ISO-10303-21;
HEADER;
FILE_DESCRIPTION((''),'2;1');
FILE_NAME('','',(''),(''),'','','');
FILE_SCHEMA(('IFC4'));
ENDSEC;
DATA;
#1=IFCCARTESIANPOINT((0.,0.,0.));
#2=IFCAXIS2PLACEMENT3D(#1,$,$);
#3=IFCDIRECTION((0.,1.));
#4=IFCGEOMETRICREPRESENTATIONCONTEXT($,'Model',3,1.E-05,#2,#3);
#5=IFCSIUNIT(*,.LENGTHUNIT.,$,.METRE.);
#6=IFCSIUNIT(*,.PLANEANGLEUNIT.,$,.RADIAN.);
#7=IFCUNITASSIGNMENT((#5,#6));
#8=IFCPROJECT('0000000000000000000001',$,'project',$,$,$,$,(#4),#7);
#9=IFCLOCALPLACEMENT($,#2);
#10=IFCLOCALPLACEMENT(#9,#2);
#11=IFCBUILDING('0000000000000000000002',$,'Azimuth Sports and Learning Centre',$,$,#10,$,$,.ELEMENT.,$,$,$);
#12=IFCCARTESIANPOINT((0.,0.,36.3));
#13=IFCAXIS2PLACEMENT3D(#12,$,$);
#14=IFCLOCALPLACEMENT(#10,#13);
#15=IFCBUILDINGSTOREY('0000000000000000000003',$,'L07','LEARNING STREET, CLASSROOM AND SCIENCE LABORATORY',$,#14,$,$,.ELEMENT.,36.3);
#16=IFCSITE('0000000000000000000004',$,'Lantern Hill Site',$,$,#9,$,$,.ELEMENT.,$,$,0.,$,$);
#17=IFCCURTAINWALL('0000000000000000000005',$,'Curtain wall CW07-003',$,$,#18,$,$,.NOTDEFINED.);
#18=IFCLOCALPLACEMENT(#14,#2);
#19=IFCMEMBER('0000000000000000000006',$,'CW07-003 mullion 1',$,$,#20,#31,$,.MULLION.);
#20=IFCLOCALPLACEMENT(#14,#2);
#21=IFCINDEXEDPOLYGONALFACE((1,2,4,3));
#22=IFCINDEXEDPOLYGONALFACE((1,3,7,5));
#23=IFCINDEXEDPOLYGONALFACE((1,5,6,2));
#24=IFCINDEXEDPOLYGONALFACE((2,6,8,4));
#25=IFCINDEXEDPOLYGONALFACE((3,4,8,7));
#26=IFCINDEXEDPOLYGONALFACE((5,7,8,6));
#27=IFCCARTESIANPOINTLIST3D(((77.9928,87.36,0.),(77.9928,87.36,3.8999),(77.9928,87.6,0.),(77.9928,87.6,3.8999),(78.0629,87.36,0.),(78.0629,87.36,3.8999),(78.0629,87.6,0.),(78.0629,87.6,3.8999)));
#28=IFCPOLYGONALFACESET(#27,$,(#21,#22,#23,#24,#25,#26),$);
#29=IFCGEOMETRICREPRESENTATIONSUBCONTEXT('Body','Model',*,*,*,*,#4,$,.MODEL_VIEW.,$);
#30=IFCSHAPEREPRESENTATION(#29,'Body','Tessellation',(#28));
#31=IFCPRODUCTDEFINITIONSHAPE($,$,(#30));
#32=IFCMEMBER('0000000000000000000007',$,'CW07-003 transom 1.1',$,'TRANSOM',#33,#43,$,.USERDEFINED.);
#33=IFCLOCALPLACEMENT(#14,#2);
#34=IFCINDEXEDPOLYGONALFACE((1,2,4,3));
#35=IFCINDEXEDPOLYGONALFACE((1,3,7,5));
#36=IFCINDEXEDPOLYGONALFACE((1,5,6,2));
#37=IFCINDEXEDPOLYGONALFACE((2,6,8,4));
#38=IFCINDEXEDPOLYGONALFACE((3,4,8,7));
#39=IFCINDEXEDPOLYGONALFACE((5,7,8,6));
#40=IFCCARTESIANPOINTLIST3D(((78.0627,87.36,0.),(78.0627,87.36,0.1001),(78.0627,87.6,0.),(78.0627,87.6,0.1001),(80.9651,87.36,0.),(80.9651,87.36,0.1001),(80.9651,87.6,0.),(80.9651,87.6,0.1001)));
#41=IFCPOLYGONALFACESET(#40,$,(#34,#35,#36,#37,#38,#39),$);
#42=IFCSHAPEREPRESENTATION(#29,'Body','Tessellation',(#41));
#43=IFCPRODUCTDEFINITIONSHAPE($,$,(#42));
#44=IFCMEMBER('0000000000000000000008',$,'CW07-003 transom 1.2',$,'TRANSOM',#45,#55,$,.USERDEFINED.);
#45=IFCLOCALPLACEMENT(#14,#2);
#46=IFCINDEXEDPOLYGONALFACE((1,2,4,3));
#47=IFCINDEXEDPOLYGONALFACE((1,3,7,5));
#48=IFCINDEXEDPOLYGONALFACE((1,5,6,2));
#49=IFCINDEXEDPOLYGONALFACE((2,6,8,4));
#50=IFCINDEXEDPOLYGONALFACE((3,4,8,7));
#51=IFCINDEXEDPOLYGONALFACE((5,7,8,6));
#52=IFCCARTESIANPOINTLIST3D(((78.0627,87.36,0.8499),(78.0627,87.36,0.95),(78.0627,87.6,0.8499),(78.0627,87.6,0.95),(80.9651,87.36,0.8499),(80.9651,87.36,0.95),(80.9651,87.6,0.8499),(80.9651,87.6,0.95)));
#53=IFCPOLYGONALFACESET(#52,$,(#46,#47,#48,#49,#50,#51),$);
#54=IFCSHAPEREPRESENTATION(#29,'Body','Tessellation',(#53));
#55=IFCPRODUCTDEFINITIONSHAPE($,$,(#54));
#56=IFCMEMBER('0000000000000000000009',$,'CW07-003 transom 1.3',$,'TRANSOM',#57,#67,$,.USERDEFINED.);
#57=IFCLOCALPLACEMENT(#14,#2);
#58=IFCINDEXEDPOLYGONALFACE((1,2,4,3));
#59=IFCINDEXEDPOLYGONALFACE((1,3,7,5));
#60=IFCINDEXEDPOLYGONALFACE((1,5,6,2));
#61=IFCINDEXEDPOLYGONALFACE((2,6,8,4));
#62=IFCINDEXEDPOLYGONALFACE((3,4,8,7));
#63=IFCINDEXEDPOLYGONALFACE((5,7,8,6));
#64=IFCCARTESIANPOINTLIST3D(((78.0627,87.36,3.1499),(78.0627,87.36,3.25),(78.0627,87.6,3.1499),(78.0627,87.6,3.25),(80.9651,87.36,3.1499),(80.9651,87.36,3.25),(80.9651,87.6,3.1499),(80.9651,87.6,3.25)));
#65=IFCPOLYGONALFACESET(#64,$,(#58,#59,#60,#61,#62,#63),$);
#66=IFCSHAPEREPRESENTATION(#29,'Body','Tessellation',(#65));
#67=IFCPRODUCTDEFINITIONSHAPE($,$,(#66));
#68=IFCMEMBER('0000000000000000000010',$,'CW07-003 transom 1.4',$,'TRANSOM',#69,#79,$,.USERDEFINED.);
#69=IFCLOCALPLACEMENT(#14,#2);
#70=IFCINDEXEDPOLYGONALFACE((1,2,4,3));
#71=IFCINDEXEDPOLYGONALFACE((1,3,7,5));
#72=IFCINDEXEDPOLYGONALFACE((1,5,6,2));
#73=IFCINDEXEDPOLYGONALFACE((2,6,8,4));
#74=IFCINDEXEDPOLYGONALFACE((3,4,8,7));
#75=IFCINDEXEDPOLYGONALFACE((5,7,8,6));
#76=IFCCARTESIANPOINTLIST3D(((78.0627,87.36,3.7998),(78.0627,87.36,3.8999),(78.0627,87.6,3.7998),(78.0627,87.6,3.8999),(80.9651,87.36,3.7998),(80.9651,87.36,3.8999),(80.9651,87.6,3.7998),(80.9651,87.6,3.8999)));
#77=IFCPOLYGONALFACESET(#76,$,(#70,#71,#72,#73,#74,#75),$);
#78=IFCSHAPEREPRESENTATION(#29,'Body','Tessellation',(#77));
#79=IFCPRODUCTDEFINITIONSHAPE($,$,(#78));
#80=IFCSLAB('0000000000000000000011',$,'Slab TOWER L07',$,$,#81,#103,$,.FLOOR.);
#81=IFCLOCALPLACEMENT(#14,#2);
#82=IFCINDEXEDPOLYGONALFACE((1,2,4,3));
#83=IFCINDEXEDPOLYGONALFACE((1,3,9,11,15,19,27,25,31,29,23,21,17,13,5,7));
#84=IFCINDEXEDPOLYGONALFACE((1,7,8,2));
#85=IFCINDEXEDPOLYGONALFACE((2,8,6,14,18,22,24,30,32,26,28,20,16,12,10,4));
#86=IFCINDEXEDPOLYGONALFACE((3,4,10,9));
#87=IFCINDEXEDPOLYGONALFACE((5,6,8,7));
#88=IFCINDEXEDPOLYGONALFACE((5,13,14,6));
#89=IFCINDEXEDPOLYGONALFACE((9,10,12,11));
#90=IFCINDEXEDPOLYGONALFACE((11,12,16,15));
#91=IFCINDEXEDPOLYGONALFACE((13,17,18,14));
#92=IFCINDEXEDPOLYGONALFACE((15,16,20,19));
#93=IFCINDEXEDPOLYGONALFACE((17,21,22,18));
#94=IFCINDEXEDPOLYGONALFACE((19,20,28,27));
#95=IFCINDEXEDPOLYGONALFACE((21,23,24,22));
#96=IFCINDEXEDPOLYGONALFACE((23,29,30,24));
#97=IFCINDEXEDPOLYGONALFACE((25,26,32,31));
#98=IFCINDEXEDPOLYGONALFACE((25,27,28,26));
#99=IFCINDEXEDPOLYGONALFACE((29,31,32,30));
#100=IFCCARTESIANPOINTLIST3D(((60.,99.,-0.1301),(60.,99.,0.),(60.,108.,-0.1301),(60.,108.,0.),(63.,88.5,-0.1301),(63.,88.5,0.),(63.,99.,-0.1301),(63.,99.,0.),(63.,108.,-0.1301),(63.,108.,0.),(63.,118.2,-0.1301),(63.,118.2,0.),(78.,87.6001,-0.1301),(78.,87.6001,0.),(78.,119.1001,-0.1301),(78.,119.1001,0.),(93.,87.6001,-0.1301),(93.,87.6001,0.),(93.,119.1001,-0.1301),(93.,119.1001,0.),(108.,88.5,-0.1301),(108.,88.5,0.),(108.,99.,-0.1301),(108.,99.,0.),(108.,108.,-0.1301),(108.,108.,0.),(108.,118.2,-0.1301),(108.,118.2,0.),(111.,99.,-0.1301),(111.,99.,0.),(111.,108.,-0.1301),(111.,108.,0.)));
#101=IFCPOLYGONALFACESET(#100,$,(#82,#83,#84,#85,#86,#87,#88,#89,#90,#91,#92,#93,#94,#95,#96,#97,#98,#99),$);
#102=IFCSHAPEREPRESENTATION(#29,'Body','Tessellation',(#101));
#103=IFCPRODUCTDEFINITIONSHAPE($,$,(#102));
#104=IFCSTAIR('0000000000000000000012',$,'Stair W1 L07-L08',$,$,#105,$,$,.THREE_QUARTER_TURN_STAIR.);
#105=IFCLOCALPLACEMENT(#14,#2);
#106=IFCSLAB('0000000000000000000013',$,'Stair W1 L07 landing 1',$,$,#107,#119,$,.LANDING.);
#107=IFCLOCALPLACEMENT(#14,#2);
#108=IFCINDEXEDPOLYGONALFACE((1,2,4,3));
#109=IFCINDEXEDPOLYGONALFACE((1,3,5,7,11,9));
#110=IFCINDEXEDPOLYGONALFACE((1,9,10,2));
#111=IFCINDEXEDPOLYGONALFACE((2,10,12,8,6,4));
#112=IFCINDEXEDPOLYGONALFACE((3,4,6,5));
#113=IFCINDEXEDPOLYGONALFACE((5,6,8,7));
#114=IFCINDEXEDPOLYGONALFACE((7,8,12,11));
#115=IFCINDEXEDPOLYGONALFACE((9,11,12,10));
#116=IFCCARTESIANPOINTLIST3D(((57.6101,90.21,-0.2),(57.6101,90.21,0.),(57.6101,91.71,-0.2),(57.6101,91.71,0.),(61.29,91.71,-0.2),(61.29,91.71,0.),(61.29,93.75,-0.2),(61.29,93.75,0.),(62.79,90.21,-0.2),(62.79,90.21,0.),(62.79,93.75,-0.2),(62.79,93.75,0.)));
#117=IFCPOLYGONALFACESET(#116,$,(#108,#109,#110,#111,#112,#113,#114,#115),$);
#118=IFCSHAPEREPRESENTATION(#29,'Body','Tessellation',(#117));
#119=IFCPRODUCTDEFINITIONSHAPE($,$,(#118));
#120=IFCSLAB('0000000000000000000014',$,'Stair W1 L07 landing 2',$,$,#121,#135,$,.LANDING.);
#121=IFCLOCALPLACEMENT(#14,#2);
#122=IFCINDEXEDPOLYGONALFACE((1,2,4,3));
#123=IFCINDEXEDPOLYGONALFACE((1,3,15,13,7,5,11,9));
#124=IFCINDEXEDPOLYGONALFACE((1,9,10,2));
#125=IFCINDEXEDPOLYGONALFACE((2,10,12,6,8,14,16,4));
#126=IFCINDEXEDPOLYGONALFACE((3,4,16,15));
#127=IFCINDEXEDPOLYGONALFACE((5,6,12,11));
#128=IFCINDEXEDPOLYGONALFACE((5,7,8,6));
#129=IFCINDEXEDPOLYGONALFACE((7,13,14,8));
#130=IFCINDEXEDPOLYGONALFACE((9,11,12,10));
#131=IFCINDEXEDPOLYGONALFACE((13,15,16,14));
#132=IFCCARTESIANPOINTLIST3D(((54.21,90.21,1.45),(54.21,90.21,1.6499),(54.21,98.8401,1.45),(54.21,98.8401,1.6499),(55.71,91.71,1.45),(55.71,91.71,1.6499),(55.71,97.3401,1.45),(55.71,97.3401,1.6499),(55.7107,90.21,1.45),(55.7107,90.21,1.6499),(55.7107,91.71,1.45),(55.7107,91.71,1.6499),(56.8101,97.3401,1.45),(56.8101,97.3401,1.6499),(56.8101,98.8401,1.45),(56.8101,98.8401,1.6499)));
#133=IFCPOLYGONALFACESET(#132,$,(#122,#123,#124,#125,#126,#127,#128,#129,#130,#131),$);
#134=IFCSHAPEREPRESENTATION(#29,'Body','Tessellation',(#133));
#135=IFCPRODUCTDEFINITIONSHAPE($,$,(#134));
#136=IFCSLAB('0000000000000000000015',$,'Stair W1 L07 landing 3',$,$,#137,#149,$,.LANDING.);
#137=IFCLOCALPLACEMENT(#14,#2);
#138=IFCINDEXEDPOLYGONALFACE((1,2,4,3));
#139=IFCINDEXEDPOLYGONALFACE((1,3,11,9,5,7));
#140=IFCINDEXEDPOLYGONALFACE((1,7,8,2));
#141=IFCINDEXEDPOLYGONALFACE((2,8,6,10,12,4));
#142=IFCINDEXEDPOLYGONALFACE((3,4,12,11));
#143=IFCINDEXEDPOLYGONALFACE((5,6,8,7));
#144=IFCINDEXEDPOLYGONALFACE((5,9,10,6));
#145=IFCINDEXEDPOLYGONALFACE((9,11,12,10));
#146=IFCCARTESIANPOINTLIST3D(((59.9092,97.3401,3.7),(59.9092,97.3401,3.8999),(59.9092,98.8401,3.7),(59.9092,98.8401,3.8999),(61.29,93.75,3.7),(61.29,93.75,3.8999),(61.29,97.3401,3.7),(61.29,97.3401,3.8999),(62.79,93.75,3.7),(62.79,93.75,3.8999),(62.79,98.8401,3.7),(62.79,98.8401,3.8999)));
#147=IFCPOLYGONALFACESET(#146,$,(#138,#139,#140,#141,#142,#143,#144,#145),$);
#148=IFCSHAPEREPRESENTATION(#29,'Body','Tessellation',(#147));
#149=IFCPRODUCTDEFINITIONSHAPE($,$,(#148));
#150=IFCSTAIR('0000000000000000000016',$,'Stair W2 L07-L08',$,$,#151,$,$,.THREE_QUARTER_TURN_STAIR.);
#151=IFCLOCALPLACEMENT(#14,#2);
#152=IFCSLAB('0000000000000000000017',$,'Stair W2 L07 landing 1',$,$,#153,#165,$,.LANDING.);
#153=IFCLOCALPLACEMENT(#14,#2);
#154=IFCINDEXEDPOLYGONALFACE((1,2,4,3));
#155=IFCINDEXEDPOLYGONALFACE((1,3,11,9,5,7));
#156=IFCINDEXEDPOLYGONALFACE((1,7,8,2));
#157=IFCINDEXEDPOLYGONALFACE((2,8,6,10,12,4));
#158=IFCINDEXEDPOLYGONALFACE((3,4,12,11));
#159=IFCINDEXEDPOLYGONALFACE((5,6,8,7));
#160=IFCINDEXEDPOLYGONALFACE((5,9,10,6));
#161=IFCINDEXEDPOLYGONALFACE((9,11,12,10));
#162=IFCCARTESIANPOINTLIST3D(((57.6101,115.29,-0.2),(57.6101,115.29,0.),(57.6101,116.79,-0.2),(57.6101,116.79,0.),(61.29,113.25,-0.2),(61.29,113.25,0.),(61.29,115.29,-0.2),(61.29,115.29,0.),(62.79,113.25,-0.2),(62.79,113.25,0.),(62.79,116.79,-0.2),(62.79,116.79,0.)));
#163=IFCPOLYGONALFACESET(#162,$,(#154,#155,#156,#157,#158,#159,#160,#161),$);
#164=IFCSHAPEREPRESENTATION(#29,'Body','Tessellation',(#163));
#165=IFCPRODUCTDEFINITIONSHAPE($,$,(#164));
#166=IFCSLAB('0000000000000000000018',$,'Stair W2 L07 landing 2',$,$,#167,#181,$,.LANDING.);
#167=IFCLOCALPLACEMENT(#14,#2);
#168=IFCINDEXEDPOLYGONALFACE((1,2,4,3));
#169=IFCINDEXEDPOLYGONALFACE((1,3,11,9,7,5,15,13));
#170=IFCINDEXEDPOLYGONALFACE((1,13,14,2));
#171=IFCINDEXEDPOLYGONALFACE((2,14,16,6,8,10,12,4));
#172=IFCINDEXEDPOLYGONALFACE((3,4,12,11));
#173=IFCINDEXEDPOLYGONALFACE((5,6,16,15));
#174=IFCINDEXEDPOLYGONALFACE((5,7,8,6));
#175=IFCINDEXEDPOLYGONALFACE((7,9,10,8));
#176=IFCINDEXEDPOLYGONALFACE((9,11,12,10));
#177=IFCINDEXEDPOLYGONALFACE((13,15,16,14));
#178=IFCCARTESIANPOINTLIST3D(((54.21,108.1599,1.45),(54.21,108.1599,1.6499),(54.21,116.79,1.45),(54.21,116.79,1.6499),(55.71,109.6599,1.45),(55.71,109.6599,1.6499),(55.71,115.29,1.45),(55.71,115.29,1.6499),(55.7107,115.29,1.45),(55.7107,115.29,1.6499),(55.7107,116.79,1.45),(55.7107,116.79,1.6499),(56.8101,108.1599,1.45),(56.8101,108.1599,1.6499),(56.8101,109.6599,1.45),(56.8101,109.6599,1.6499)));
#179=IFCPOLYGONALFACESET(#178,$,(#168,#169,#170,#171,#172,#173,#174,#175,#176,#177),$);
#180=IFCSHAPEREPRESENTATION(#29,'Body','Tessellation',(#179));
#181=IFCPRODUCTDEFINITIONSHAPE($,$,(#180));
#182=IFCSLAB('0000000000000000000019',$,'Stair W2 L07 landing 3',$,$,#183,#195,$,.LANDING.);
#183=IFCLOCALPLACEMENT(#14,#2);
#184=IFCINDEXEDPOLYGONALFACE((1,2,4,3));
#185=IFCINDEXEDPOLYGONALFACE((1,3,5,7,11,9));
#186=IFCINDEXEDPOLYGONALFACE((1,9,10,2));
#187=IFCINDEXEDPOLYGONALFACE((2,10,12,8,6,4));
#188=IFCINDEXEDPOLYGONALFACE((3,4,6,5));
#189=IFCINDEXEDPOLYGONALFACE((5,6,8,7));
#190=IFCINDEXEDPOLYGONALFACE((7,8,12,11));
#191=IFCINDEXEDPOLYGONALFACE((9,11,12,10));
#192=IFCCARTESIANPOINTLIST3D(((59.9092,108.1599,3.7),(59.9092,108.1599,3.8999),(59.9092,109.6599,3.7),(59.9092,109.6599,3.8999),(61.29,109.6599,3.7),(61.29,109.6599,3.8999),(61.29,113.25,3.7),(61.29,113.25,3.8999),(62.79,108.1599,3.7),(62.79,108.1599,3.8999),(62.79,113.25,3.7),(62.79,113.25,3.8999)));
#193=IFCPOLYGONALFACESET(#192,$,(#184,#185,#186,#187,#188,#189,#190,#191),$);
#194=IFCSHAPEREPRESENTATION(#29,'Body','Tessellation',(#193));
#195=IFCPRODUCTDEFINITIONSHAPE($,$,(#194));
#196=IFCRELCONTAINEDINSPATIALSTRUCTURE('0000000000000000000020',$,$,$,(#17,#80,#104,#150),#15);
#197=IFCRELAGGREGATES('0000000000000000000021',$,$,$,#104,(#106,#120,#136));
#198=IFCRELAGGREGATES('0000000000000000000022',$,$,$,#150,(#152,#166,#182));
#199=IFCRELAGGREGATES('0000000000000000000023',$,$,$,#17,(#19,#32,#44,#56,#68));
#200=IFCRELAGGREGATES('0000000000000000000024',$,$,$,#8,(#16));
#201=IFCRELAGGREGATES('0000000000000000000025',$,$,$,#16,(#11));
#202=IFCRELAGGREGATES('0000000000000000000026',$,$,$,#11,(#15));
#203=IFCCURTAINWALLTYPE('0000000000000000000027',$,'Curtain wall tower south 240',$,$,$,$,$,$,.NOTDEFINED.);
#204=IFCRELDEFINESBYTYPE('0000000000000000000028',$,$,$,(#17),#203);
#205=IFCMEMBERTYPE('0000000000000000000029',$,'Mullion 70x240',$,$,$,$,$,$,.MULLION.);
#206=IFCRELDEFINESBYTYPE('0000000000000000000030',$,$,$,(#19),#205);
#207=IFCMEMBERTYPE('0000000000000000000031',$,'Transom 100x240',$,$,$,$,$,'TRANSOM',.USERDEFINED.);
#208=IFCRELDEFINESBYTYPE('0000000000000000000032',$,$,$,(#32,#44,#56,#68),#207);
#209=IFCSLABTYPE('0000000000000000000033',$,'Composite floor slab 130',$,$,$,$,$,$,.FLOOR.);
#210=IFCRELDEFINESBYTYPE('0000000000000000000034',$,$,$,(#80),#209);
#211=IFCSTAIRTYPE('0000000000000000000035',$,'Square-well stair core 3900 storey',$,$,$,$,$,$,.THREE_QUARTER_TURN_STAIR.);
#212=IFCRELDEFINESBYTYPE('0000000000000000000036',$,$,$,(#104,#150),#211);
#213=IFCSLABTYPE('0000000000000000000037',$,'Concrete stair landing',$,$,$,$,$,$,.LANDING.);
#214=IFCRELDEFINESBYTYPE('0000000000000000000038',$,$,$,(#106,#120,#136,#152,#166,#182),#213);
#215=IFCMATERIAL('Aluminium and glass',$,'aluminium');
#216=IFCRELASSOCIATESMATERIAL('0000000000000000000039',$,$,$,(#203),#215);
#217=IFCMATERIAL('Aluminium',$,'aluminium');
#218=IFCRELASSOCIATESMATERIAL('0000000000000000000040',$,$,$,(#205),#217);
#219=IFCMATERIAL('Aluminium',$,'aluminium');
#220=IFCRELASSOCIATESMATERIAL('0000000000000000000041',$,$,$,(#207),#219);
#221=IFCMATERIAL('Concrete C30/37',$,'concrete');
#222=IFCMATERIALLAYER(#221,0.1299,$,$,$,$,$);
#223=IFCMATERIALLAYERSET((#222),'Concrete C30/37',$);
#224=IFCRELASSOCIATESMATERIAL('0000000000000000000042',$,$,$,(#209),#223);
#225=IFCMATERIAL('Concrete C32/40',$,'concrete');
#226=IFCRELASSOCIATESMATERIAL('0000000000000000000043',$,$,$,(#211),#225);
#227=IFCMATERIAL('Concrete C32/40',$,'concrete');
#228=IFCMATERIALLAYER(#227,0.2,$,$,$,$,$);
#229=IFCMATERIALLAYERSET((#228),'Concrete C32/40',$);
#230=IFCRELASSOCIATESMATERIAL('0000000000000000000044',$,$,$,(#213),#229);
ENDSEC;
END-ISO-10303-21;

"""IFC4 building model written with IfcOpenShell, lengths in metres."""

from ifc_helpers import new_model, si_unit, direction, frame, origin, origin_2d, place, context, subcontext, project, spatial, polyline, rectangle, outline, extrude, material, layer, layer_set, material_profile, profile_set, type_object, element, aggregate, save


model = new_model("IFC4")

# Units and contexts
model_context = context("Model", 3, precision=1e-05, world=origin(), true_north=direction((0.0, 1.0)))
body_context = subcontext(model_context, "Body", "Model", "MODEL_VIEW")
ifc_project = project(units=[si_unit("LENGTHUNIT", "METRE"), si_unit("PLANEANGLEUNIT", "RADIAN")], contexts=[model_context])

# Site, building, storey
site_placement = place(None, origin())
site = spatial("IfcSite", under=ifc_project, at=site_placement, Name="Lantern Hill Site", CompositionType="ELEMENT", RefElevation=0.0)
building_placement = place(site_placement, origin())
building = spatial("IfcBuilding", under=site, at=building_placement, Name="Azimuth Sports and Learning Centre", CompositionType="ELEMENT")
storey_placement = place(building_placement, frame((0.0, 0.0, 36.3)))
storey = spatial("IfcBuildingStorey", under=building, at=storey_placement, Name="L07", Description="LEARNING STREET, CLASSROOM AND SCIENCE LABORATORY", CompositionType="ELEMENT", Elevation=36.3)

# Curtain wall, members
ifc_material_1 = material(Name="Aluminium and glass", Category="aluminium")
curtain_wall_type = type_object("IfcCurtainWallType", Name="Curtain wall tower south 240", PredefinedType="NOTDEFINED", material=ifc_material_1)
curtain_wall_placement = place(storey_placement, origin())
curtain_wall = element("IfcCurtainWall", 1, at=curtain_wall_placement, inside=storey, type_object=curtain_wall_type, Name="Curtain wall CW07-003", PredefinedType="NOTDEFINED")
ifc_material_2 = material(Name="Aluminium", Category="aluminium")
ifc_material_profile_1 = material_profile(ifc_material_2, rectangle(XDim=0.24, YDim=0.0701, at=origin_2d()), Name="Mullion 70x240")
ifc_profile_set_1 = profile_set([ifc_material_profile_1], Name="Aluminium")
member_type_1 = type_object("IfcMemberType", Name="Mullion 70x240", PredefinedType="MULLION", material=ifc_profile_set_1)
member_1_placement = place(storey_placement, frame((78.0278, 87.48, 0.0), z_axis=(0.0, 0.0, 1.0), x_axis=(0.0, 1.0, 0.0)))
member_1 = element("IfcMember", 2, at=member_1_placement, type_object=member_type_1, Name="CW07-003 mullion 1", PredefinedType="MULLION", context=body_context, shape_type="SweptSolid", body=[
    extrude(rectangle(XDim=0.24, YDim=0.0701, at=origin_2d()), origin(), (0.0, 0.0, 1.0), 3.8999),
])
ifc_material_3 = material(Name="Aluminium", Category="aluminium")
ifc_material_profile_2 = material_profile(ifc_material_3, rectangle(XDim=0.24, YDim=0.1001, at=origin_2d()), Name="Transom 100x240")
ifc_profile_set_2 = profile_set([ifc_material_profile_2], Name="Aluminium")
member_type_2 = type_object("IfcMemberType", Name="Transom 100x240", ElementType="TRANSOM", PredefinedType="USERDEFINED", material=ifc_profile_set_2)
member_2_placement = place(storey_placement, frame((78.0627, 87.48, 0.05), z_axis=(1.0, 0.0, 0.0), x_axis=(0.0, 1.0, 0.0)))
member_2 = element("IfcMember", 3, at=member_2_placement, type_object=member_type_2, Name="CW07-003 transom 1.1", ObjectType="TRANSOM", PredefinedType="USERDEFINED", context=body_context, shape_type="SweptSolid", body=[
    extrude(rectangle(XDim=0.24, YDim=0.1001, at=origin_2d()), origin(), (0.0, 0.0, 1.0), 2.9023),
])
member_3_placement = place(storey_placement, frame((78.0627, 87.48, 0.8999), z_axis=(1.0, 0.0, 0.0), x_axis=(0.0, 1.0, 0.0)))
member_3 = element("IfcMember", 4, at=member_3_placement, type_object=member_type_2, Name="CW07-003 transom 1.2", ObjectType="TRANSOM", PredefinedType="USERDEFINED", context=body_context, shape_type="SweptSolid", body=[
    extrude(rectangle(XDim=0.24, YDim=0.1001, at=origin_2d()), origin(), (0.0, 0.0, 1.0), 2.9023),
])
member_4_placement = place(storey_placement, frame((78.0627, 87.48, 3.2), z_axis=(1.0, 0.0, 0.0), x_axis=(0.0, 1.0, 0.0)))
member_4 = element("IfcMember", 5, at=member_4_placement, type_object=member_type_2, Name="CW07-003 transom 1.3", ObjectType="TRANSOM", PredefinedType="USERDEFINED", context=body_context, shape_type="SweptSolid", body=[
    extrude(rectangle(XDim=0.24, YDim=0.1001, at=origin_2d()), origin(), (0.0, 0.0, 1.0), 2.9023),
])
member_5_placement = place(storey_placement, frame((78.0627, 87.48, 3.8499), z_axis=(1.0, 0.0, 0.0), x_axis=(0.0, 1.0, 0.0)))
member_5 = element("IfcMember", 6, at=member_5_placement, type_object=member_type_2, Name="CW07-003 transom 1.4", ObjectType="TRANSOM", PredefinedType="USERDEFINED", context=body_context, shape_type="SweptSolid", body=[
    extrude(rectangle(XDim=0.24, YDim=0.1001, at=origin_2d()), origin(), (0.0, 0.0, 1.0), 2.9023),
])

# Slab
ifc_material_4 = material(Name="Concrete C30/37", Category="concrete")
ifc_layer_1 = layer(ifc_material_4, 0.1299)
ifc_layer_set_1 = layer_set([ifc_layer_1], Name="Concrete C30/37")
slab_type_1 = type_object("IfcSlabType", Name="Composite floor slab 130", PredefinedType="FLOOR", material=ifc_layer_set_1)
slab_1_placement = place(storey_placement, frame((0.0, 0.0, -0.1301)))
element("IfcSlab", 7, at=slab_1_placement, inside=storey, type_object=slab_type_1, Name="Slab TOWER L07", PredefinedType="FLOOR", context=body_context, shape_type="SweptSolid", body=[
    extrude(outline(polyline([(78.0, 87.6001), (93.0, 87.6001), (108.0, 88.5), (108.0, 99.0), (111.0, 99.0), (111.0, 108.0), (108.0, 108.0), (108.0, 118.2), (93.0, 119.1001), (78.0, 119.1001), (63.0, 118.2), (63.0, 108.0), (60.0, 108.0), (60.0, 99.0), (63.0, 99.0), (63.0, 88.5), (78.0, 87.6001)])), origin(), (0.0, 0.0, 1.0), 0.1301),
])

# Stairs, slabs
ifc_material_5 = material(Name="Concrete C32/40", Category="concrete")
stair_type = type_object("IfcStairType", Name="Square-well stair core 3900 storey", PredefinedType="THREE_QUARTER_TURN_STAIR", material=ifc_material_5)
stair_1_placement = place(storey_placement, origin())
stair_1 = element("IfcStair", 8, at=stair_1_placement, inside=storey, type_object=stair_type, Name="Stair W1 L07-L08", PredefinedType="THREE_QUARTER_TURN_STAIR")
ifc_material_6 = material(Name="Concrete C32/40", Category="concrete")
ifc_layer_2 = layer(ifc_material_6, 0.2)
ifc_layer_set_2 = layer_set([ifc_layer_2], Name="Concrete C32/40")
slab_type_2 = type_object("IfcSlabType", Name="Concrete stair landing", PredefinedType="LANDING", material=ifc_layer_set_2)
slab_2_placement = place(storey_placement, frame((0.0, 0.0, -0.2)))
slab_2 = element("IfcSlab", 9, at=slab_2_placement, type_object=slab_type_2, Name="Stair W1 L07 landing 1", PredefinedType="LANDING", context=body_context, shape_type="SweptSolid", body=[
    extrude(outline(polyline([(62.79, 90.21), (62.79, 93.75), (61.29, 93.75), (61.29, 91.71), (57.6101, 91.71), (57.6101, 90.21), (62.79, 90.21)])), origin(), (0.0, 0.0, 1.0), 0.2),
])
slab_3_placement = place(storey_placement, frame((0.0, 0.0, 1.45)))
slab_3 = element("IfcSlab", 10, at=slab_3_placement, type_object=slab_type_2, Name="Stair W1 L07 landing 2", PredefinedType="LANDING", context=body_context, shape_type="SweptSolid", body=[
    extrude(outline(polyline([(55.71, 91.71), (55.71, 97.3401), (56.8101, 97.3401), (56.8101, 98.8401), (54.21, 98.8401), (54.21, 90.21), (55.7107, 90.21), (55.7107, 91.71), (55.71, 91.71)])), origin(), (0.0, 0.0, 1.0), 0.2),
])
slab_4_placement = place(storey_placement, frame((0.0, 0.0, 3.7)))
slab_4 = element("IfcSlab", 11, at=slab_4_placement, type_object=slab_type_2, Name="Stair W1 L07 landing 3", PredefinedType="LANDING", context=body_context, shape_type="SweptSolid", body=[
    extrude(outline(polyline([(61.29, 97.3401), (61.29, 93.75), (62.79, 93.75), (62.79, 98.8401), (59.9092, 98.8401), (59.9092, 97.3401), (61.29, 97.3401)])), origin(), (0.0, 0.0, 1.0), 0.2),
])
aggregate(stair_1, [slab_2, slab_3, slab_4])
stair_2_placement = place(storey_placement, origin())
stair_2 = element("IfcStair", 12, at=stair_2_placement, inside=storey, type_object=stair_type, Name="Stair W2 L07-L08", PredefinedType="THREE_QUARTER_TURN_STAIR")
slab_5_placement = place(storey_placement, frame((0.0, 0.0, -0.2)))
slab_5 = element("IfcSlab", 13, at=slab_5_placement, type_object=slab_type_2, Name="Stair W2 L07 landing 1", PredefinedType="LANDING", context=body_context, shape_type="SweptSolid", body=[
    extrude(outline(polyline([(57.6101, 115.29), (61.29, 115.29), (61.29, 113.25), (62.79, 113.25), (62.79, 116.79), (57.6101, 116.79), (57.6101, 115.29)])), origin(), (0.0, 0.0, 1.0), 0.2),
])
slab_6_placement = place(storey_placement, frame((0.0, 0.0, 1.45)))
slab_6 = element("IfcSlab", 14, at=slab_6_placement, type_object=slab_type_2, Name="Stair W2 L07 landing 2", PredefinedType="LANDING", context=body_context, shape_type="SweptSolid", body=[
    extrude(outline(polyline([(55.71, 115.29), (55.7107, 115.29), (55.7107, 116.79), (54.21, 116.79), (54.21, 108.1599), (56.8101, 108.1599), (56.8101, 109.6599), (55.71, 109.6599), (55.71, 115.29)])), origin(), (0.0, 0.0, 1.0), 0.2),
])
slab_7_placement = place(storey_placement, frame((0.0, 0.0, 3.7)))
slab_7 = element("IfcSlab", 15, at=slab_7_placement, type_object=slab_type_2, Name="Stair W2 L07 landing 3", PredefinedType="LANDING", context=body_context, shape_type="SweptSolid", body=[
    extrude(outline(polyline([(61.29, 109.6599), (59.9092, 109.6599), (59.9092, 108.1599), (62.79, 108.1599), (62.79, 113.25), (61.29, 113.25), (61.29, 109.6599)])), origin(), (0.0, 0.0, 1.0), 0.2),
])
aggregate(stair_2, [slab_5, slab_6, slab_7])

aggregate(curtain_wall, [member_1, member_2, member_3, member_4, member_5])

save(model, "model.ifc")
